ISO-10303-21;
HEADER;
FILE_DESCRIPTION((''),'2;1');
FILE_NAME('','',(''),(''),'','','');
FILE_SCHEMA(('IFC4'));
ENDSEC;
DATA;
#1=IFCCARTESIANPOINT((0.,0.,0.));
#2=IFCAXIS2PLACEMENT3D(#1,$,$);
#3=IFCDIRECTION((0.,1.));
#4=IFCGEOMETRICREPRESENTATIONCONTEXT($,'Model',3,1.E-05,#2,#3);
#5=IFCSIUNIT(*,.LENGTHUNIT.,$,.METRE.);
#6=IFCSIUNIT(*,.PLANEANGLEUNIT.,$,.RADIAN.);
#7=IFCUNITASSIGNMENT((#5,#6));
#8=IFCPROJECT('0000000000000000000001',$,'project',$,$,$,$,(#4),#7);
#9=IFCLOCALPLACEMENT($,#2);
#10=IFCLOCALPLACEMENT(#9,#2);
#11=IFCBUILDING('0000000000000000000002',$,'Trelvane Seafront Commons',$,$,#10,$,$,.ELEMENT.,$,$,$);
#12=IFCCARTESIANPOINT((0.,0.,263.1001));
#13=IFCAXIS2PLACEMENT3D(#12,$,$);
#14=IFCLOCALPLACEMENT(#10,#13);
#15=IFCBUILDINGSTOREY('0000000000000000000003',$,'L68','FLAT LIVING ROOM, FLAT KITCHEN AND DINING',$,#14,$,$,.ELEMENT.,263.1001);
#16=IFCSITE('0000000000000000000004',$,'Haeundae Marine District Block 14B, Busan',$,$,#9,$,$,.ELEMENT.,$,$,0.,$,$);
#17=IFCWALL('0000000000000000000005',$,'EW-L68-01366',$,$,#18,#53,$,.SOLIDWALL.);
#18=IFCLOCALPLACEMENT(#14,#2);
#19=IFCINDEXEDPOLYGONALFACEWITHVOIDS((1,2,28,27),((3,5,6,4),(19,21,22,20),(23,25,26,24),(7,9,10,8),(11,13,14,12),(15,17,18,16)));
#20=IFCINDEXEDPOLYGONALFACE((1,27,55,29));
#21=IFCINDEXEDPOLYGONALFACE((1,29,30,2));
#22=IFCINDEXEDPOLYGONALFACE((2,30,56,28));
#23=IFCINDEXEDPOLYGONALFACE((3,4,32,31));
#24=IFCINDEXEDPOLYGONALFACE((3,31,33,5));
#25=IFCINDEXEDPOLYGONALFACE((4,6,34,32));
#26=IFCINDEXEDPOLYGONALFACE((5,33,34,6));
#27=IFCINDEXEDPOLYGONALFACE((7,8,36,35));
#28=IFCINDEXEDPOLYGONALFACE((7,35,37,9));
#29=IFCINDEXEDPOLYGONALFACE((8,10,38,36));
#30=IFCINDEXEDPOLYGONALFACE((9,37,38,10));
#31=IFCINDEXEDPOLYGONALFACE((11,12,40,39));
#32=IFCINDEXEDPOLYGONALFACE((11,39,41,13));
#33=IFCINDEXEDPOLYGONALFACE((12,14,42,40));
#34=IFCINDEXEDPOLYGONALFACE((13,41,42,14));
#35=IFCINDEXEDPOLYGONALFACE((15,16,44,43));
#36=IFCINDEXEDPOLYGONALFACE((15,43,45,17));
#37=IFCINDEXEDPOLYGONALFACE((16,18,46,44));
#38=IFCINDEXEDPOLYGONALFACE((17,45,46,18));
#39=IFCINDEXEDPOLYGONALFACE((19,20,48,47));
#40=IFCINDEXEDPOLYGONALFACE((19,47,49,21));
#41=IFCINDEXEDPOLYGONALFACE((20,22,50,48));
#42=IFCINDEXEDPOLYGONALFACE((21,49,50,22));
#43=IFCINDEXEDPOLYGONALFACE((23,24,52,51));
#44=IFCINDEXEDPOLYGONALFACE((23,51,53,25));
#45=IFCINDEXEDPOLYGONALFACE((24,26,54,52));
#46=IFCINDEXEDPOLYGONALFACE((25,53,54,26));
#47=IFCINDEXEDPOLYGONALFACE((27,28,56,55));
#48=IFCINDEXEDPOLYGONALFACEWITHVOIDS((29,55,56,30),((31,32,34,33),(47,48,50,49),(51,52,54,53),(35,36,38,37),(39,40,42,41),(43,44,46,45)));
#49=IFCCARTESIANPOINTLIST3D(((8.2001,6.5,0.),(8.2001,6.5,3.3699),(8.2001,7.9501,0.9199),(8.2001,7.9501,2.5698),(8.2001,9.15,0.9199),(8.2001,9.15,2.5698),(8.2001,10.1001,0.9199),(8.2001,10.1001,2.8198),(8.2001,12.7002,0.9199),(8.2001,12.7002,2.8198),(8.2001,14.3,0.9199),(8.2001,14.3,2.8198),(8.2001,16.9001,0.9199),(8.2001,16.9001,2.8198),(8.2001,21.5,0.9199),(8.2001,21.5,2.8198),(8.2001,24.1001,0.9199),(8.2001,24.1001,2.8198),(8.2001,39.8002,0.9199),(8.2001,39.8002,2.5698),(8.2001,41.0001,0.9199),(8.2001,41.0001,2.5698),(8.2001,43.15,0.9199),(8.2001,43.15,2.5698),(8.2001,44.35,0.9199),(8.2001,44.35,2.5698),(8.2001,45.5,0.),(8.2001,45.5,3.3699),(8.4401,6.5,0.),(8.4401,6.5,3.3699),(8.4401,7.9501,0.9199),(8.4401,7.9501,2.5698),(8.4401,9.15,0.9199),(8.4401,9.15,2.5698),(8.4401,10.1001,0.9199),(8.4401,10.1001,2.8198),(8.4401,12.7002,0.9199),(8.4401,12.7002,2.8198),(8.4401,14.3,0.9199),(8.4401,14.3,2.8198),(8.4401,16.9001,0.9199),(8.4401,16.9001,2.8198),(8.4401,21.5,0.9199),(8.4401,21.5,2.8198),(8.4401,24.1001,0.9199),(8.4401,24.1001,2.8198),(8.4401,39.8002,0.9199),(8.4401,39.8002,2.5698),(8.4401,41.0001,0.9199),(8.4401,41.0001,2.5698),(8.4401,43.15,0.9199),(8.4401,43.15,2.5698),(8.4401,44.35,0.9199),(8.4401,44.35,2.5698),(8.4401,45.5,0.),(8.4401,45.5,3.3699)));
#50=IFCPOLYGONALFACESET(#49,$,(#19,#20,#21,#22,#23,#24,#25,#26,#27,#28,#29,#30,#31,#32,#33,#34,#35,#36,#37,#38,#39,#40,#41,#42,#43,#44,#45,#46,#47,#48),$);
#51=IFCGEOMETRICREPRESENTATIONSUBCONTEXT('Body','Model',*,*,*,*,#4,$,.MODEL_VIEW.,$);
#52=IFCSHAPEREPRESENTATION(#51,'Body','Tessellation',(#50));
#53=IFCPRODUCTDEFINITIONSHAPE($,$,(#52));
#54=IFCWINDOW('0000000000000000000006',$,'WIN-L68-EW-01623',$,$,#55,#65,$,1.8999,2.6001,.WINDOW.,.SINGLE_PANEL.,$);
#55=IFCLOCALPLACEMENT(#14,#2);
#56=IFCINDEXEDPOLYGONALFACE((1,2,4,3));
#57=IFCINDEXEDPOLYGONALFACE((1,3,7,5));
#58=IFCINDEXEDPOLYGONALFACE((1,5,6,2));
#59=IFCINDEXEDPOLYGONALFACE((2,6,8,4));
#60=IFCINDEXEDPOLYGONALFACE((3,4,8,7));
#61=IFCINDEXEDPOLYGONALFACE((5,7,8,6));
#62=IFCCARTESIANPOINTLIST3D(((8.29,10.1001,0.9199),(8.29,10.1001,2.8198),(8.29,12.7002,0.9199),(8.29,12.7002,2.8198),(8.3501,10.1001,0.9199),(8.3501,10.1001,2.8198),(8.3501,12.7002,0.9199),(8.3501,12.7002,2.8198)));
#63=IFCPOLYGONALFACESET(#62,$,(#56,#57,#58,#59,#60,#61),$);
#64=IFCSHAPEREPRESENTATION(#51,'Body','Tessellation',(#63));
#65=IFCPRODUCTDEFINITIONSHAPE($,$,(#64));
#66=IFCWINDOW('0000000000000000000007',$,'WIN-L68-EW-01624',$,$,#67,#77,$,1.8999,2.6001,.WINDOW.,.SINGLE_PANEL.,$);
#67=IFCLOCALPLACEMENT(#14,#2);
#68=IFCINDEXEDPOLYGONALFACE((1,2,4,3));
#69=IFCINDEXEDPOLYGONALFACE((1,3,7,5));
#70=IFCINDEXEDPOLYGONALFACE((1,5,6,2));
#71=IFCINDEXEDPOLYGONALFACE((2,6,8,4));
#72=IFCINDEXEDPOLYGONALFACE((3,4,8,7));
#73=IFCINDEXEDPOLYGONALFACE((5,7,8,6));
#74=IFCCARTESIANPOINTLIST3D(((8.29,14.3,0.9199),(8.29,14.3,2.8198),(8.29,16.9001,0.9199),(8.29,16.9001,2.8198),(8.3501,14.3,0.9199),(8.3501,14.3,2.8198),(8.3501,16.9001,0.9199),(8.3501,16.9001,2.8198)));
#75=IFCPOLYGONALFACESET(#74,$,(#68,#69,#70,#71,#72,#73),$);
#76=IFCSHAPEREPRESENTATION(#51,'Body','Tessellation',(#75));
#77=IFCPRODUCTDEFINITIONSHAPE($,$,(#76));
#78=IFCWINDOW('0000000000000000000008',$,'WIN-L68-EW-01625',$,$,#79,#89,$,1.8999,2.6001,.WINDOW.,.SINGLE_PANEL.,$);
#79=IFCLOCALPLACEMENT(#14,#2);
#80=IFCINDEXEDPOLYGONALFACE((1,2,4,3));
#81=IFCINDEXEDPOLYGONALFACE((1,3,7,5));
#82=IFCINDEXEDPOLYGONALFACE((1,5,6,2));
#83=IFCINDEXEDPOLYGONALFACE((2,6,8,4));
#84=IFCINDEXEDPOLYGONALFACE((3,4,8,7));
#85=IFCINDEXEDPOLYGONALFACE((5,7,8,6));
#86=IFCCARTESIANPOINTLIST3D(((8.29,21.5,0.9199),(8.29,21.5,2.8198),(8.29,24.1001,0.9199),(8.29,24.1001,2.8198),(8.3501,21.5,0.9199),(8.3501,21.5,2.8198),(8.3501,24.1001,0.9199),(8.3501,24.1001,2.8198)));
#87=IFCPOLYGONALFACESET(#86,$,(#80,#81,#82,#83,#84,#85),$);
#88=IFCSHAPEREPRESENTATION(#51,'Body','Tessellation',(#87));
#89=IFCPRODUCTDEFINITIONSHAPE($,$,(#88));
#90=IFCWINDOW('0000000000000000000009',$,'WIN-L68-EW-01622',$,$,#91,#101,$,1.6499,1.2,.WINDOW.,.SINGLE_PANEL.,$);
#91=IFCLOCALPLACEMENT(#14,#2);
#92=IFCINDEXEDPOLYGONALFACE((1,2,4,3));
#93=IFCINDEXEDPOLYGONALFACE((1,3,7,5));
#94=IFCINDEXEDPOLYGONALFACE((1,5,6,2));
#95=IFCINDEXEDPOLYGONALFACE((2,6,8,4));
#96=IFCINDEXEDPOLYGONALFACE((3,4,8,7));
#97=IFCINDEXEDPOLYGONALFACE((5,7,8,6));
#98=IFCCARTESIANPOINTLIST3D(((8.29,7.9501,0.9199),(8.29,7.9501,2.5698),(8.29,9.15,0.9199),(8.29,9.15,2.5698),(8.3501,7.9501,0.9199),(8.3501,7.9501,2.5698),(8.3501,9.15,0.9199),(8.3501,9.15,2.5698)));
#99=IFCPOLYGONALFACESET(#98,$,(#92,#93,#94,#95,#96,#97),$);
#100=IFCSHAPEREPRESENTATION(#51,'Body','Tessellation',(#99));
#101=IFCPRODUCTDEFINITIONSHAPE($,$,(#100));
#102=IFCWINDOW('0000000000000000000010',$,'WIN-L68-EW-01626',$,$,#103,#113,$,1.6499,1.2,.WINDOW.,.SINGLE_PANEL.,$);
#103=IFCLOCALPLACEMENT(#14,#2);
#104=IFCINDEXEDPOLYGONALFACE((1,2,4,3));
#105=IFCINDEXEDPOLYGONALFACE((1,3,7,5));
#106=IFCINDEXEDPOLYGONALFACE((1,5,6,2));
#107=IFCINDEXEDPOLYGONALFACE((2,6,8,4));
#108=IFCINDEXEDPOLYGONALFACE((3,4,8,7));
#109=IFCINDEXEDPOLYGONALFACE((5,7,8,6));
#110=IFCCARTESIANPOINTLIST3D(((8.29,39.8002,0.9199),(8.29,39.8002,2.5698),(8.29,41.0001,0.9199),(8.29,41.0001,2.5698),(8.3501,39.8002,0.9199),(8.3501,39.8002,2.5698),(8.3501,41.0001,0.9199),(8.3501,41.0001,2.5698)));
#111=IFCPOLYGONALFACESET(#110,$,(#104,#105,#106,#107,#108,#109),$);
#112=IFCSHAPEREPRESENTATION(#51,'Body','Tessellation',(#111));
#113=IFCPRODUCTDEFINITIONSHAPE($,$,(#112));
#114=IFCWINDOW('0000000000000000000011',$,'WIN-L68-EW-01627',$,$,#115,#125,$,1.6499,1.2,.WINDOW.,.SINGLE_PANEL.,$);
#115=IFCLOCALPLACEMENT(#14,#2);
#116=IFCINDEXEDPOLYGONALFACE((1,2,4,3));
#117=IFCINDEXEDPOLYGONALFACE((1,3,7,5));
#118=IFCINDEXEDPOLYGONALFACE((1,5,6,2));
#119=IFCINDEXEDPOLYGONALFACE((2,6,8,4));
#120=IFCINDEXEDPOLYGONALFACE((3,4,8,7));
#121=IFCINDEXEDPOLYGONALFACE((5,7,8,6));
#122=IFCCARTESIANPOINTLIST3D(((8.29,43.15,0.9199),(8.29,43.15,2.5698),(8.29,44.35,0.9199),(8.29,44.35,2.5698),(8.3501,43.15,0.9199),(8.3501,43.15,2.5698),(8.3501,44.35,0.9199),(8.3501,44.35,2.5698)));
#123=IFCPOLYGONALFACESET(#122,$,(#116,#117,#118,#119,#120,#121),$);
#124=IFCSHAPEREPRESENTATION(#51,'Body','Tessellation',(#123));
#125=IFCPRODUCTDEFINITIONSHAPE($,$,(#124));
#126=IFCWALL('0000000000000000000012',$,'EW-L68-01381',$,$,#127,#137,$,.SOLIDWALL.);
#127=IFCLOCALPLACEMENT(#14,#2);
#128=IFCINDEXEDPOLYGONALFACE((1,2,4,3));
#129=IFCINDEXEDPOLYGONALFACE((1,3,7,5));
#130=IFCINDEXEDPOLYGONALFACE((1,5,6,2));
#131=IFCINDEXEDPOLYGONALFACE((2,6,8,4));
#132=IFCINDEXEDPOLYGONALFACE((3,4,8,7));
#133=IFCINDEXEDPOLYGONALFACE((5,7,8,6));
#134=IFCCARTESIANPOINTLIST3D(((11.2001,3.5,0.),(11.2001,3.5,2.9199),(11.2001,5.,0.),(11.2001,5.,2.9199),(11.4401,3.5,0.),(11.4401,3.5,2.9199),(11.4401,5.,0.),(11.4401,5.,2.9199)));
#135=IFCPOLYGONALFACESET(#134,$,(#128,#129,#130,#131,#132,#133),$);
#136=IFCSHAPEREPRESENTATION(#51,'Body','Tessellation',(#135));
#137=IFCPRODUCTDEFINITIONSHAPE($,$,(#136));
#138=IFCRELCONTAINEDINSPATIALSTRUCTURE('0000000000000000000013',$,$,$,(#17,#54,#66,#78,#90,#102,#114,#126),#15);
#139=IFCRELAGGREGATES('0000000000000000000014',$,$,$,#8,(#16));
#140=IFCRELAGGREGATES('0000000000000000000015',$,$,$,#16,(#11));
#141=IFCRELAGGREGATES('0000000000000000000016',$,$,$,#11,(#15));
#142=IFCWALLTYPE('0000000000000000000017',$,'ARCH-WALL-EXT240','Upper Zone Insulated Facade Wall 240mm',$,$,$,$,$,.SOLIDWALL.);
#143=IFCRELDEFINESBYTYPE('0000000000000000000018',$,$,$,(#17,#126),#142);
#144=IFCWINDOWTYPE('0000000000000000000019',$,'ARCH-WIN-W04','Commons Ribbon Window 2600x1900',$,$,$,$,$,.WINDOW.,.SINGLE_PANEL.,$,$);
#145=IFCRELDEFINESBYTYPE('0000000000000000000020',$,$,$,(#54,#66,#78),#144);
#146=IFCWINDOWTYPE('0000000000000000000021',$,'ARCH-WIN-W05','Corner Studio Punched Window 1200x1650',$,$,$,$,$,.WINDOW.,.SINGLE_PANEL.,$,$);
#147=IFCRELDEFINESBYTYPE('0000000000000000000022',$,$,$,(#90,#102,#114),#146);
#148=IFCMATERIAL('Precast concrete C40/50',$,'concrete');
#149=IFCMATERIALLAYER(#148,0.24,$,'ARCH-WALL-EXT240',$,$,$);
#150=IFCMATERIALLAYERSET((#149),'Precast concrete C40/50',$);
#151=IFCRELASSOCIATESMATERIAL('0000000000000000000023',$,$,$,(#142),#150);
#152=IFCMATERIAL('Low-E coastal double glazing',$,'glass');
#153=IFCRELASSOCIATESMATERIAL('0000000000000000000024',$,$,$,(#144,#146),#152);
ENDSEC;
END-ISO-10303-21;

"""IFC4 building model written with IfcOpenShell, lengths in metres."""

from ifc_helpers import new_model, si_unit, direction, frame, frame_2d, origin, place, context, subcontext, project, spatial, rectangle, extrude, source, transform, mapped, material, layer, layer_set, type_object, element, fill, save


model = new_model("IFC4")

# Units and contexts
model_context = context("Model", 3, precision=1e-05, world=origin(), true_north=direction((0.0, 1.0)))
body_context = subcontext(model_context, "Body", "Model", "MODEL_VIEW")
ifc_project = project(units=[si_unit("LENGTHUNIT", "METRE"), si_unit("PLANEANGLEUNIT", "RADIAN")], contexts=[model_context])

# Site, building, storey
site_placement = place(None, origin())
site = spatial("IfcSite", under=ifc_project, at=site_placement, Name="Haeundae Marine District Block 14B, Busan", CompositionType="ELEMENT", RefElevation=0.0)
building_placement = place(site_placement, origin())
building = spatial("IfcBuilding", under=site, at=building_placement, Name="Trelvane Seafront Commons", CompositionType="ELEMENT")
storey_placement = place(building_placement, frame((0.0, 0.0, 263.1001)))
storey = spatial("IfcBuildingStorey", under=building, at=storey_placement, Name="L68", Description="FLAT LIVING ROOM, FLAT KITCHEN AND DINING", CompositionType="ELEMENT", Elevation=263.1001)

# Shared definitions
ifc_material_1 = material(Name="Precast concrete C40/50", Category="concrete")
ifc_layer_1 = layer(ifc_material_1, 0.24, Name="ARCH-WALL-EXT240")
ifc_layer_set_1 = layer_set([ifc_layer_1], Name="Precast concrete C40/50")
wall_type_1 = type_object("IfcWallType", Name="ARCH-WALL-EXT240", Description="Upper Zone Insulated Facade Wall 240mm", PredefinedType="SOLIDWALL", material=ifc_layer_set_1)

# Wall, openings, windows
wall_1_placement = place(storey_placement, frame((8.3201, 6.5, 0.0), z_axis=(0.0, 0.0, 1.0), x_axis=(0.0, 1.0, 0.0)))
wall_1 = element("IfcWall", 1, at=wall_1_placement, inside=storey, type_object=wall_type_1, Name="EW-L68-01366", PredefinedType="SOLIDWALL", context=body_context, shape_type="SweptSolid", body=[
    extrude(rectangle(XDim=39.0, YDim=0.24, at=frame_2d((19.5, 0.0))), origin(), (0.0, 0.0, 1.0), 3.3699),
])
opening_1_placement = place(wall_1_placement, frame((1.45, 0.0, 0.9199)))
opening_1 = element("IfcOpeningElement", 2, at=opening_1_placement, cuts=wall_1, PredefinedType="OPENING", context=body_context, shape_type="SweptSolid", body=[
    extrude(rectangle(XDim=1.2, YDim=1.6499, at=frame_2d((0.6001, 0.825))), frame((0.0, 0.1299, 0.0), z_axis=(0.0, -1.0, 0.0), x_axis=(1.0, 0.0, 0.0)), (0.0, 0.0, 1.0), 0.26),
])
opening_2_placement = place(wall_1_placement, frame((3.6001, 0.0, 0.9199)))
opening_2 = element("IfcOpeningElement", 3, at=opening_2_placement, cuts=wall_1, PredefinedType="OPENING", context=body_context, shape_type="SweptSolid", body=[
    extrude(rectangle(XDim=2.6001, YDim=1.8999, at=frame_2d((1.3, 0.95))), frame((0.0, 0.1299, 0.0), z_axis=(0.0, -1.0, 0.0), x_axis=(1.0, 0.0, 0.0)), (0.0, 0.0, 1.0), 0.26),
])
opening_3_placement = place(wall_1_placement, frame((7.8, 0.0, 0.9199)))
opening_3 = element("IfcOpeningElement", 4, at=opening_3_placement, cuts=wall_1, PredefinedType="OPENING", context=body_context, shape_type="SweptSolid", body=[
    extrude(rectangle(XDim=2.6001, YDim=1.8999, at=frame_2d((1.3, 0.95))), frame((0.0, 0.1299, 0.0), z_axis=(0.0, -1.0, 0.0), x_axis=(1.0, 0.0, 0.0)), (0.0, 0.0, 1.0), 0.26),
])
opening_4_placement = place(wall_1_placement, frame((15.0, 0.0, 0.9199)))
opening_4 = element("IfcOpeningElement", 5, at=opening_4_placement, cuts=wall_1, PredefinedType="OPENING", context=body_context, shape_type="SweptSolid", body=[
    extrude(rectangle(XDim=2.6001, YDim=1.8999, at=frame_2d((1.3, 0.95))), frame((0.0, 0.1299, 0.0), z_axis=(0.0, -1.0, 0.0), x_axis=(1.0, 0.0, 0.0)), (0.0, 0.0, 1.0), 0.26),
])
opening_5_placement = place(wall_1_placement, frame((33.3, 0.0, 0.9199)))
opening_5 = element("IfcOpeningElement", 6, at=opening_5_placement, cuts=wall_1, PredefinedType="OPENING", context=body_context, shape_type="SweptSolid", body=[
    extrude(rectangle(XDim=1.2, YDim=1.6499, at=frame_2d((0.6001, 0.825))), frame((0.0, 0.1299, 0.0), z_axis=(0.0, -1.0, 0.0), x_axis=(1.0, 0.0, 0.0)), (0.0, 0.0, 1.0), 0.26),
])
opening_6_placement = place(wall_1_placement, frame((36.6499, 0.0, 0.9199)))
opening_6 = element("IfcOpeningElement", 7, at=opening_6_placement, cuts=wall_1, PredefinedType="OPENING", context=body_context, shape_type="SweptSolid", body=[
    extrude(rectangle(XDim=1.2, YDim=1.6499, at=frame_2d((0.6001, 0.825))), frame((0.0, 0.1299, 0.0), z_axis=(0.0, -1.0, 0.0), x_axis=(1.0, 0.0, 0.0)), (0.0, 0.0, 1.0), 0.26),
])
ifc_material_2 = material(Name="Low-E coastal double glazing", Category="glass")
window_type_1 = type_object("IfcWindowType", Name="ARCH-WIN-W04", Description="Commons Ribbon Window 2600x1900", PartitioningType="SINGLE_PANEL", PredefinedType="WINDOW", material=ifc_material_2)
shared_shape_1 = source(origin(), body_context, "Body", "SweptSolid", [
    extrude(rectangle(XDim=2.6001, YDim=1.8999, at=frame_2d((1.3, 0.95))), frame((0.0, 0.03, 0.0), z_axis=(0.0, -1.0, 0.0), x_axis=(1.0, 0.0, 0.0)), (0.0, 0.0, 1.0), 0.0601),
])
window_1_placement = place(opening_2_placement, origin())
window_1 = element("IfcWindow", 8, at=window_1_placement, inside=storey, type_object=window_type_1, Name="WIN-L68-EW-01623", OverallHeight=1.8999, OverallWidth=2.6001, PartitioningType="SINGLE_PANEL", PredefinedType="WINDOW", context=body_context, shape_type="MappedRepresentation", body=[
    mapped(shared_shape_1, transform((0.0, 0.0, 0.0), x_axis=(1.0, 0.0, 0.0), y_axis=(0.0, 1.0, 0.0), z_axis=(0.0, 0.0, 1.0), scale=1.0)),
])
fill(opening_2, window_1)
window_2_placement = place(opening_3_placement, origin())
window_2 = element("IfcWindow", 9, at=window_2_placement, inside=storey, type_object=window_type_1, Name="WIN-L68-EW-01624", OverallHeight=1.8999, OverallWidth=2.6001, PartitioningType="SINGLE_PANEL", PredefinedType="WINDOW", context=body_context, shape_type="MappedRepresentation", body=[
    mapped(shared_shape_1, transform((0.0, 0.0, 0.0), x_axis=(1.0, 0.0, 0.0), y_axis=(0.0, 1.0, 0.0), z_axis=(0.0, 0.0, 1.0), scale=1.0)),
])
fill(opening_3, window_2)
window_3_placement = place(opening_4_placement, origin())
window_3 = element("IfcWindow", 10, at=window_3_placement, inside=storey, type_object=window_type_1, Name="WIN-L68-EW-01625", OverallHeight=1.8999, OverallWidth=2.6001, PartitioningType="SINGLE_PANEL", PredefinedType="WINDOW", context=body_context, shape_type="MappedRepresentation", body=[
    mapped(shared_shape_1, transform((0.0, 0.0, 0.0), x_axis=(1.0, 0.0, 0.0), y_axis=(0.0, 1.0, 0.0), z_axis=(0.0, 0.0, 1.0), scale=1.0)),
])
fill(opening_4, window_3)
window_type_2 = type_object("IfcWindowType", Name="ARCH-WIN-W05", Description="Corner Studio Punched Window 1200x1650", PartitioningType="SINGLE_PANEL", PredefinedType="WINDOW", material=ifc_material_2)
shared_shape_2 = source(origin(), body_context, "Body", "SweptSolid", [
    extrude(rectangle(XDim=1.2, YDim=1.6499, at=frame_2d((0.6001, 0.825))), frame((0.0, 0.03, 0.0), z_axis=(0.0, -1.0, 0.0), x_axis=(1.0, 0.0, 0.0)), (0.0, 0.0, 1.0), 0.0601),
])
window_4_placement = place(opening_1_placement, origin())
window_4 = element("IfcWindow", 11, at=window_4_placement, inside=storey, type_object=window_type_2, Name="WIN-L68-EW-01622", OverallHeight=1.6499, OverallWidth=1.2, PartitioningType="SINGLE_PANEL", PredefinedType="WINDOW", context=body_context, shape_type="MappedRepresentation", body=[
    mapped(shared_shape_2, transform((0.0, 0.0, 0.0), x_axis=(1.0, 0.0, 0.0), y_axis=(0.0, 1.0, 0.0), z_axis=(0.0, 0.0, 1.0), scale=1.0)),
])
fill(opening_1, window_4)
window_5_placement = place(opening_5_placement, origin())
window_5 = element("IfcWindow", 12, at=window_5_placement, inside=storey, type_object=window_type_2, Name="WIN-L68-EW-01626", OverallHeight=1.6499, OverallWidth=1.2, PartitioningType="SINGLE_PANEL", PredefinedType="WINDOW", context=body_context, shape_type="MappedRepresentation", body=[
    mapped(shared_shape_2, transform((0.0, 0.0, 0.0), x_axis=(1.0, 0.0, 0.0), y_axis=(0.0, 1.0, 0.0), z_axis=(0.0, 0.0, 1.0), scale=1.0)),
])
fill(opening_5, window_5)
window_6_placement = place(opening_6_placement, origin())
window_6 = element("IfcWindow", 13, at=window_6_placement, inside=storey, type_object=window_type_2, Name="WIN-L68-EW-01627", OverallHeight=1.6499, OverallWidth=1.2, PartitioningType="SINGLE_PANEL", PredefinedType="WINDOW", context=body_context, shape_type="MappedRepresentation", body=[
    mapped(shared_shape_2, transform((0.0, 0.0, 0.0), x_axis=(1.0, 0.0, 0.0), y_axis=(0.0, 1.0, 0.0), z_axis=(0.0, 0.0, 1.0), scale=1.0)),
])
fill(opening_6, window_6)

# Wall
wall_2_placement = place(storey_placement, frame((11.3201, 3.5, 0.0), z_axis=(0.0, 0.0, 1.0), x_axis=(0.0, 1.0, 0.0)))
element("IfcWall", 14, at=wall_2_placement, inside=storey, type_object=wall_type_1, Name="EW-L68-01381", PredefinedType="SOLIDWALL", context=body_context, shape_type="SweptSolid", body=[
    extrude(rectangle(XDim=1.5, YDim=0.24, at=frame_2d((0.75, 0.0))), origin(), (0.0, 0.0, 1.0), 2.9199),
])

save(model, "model.ifc")
